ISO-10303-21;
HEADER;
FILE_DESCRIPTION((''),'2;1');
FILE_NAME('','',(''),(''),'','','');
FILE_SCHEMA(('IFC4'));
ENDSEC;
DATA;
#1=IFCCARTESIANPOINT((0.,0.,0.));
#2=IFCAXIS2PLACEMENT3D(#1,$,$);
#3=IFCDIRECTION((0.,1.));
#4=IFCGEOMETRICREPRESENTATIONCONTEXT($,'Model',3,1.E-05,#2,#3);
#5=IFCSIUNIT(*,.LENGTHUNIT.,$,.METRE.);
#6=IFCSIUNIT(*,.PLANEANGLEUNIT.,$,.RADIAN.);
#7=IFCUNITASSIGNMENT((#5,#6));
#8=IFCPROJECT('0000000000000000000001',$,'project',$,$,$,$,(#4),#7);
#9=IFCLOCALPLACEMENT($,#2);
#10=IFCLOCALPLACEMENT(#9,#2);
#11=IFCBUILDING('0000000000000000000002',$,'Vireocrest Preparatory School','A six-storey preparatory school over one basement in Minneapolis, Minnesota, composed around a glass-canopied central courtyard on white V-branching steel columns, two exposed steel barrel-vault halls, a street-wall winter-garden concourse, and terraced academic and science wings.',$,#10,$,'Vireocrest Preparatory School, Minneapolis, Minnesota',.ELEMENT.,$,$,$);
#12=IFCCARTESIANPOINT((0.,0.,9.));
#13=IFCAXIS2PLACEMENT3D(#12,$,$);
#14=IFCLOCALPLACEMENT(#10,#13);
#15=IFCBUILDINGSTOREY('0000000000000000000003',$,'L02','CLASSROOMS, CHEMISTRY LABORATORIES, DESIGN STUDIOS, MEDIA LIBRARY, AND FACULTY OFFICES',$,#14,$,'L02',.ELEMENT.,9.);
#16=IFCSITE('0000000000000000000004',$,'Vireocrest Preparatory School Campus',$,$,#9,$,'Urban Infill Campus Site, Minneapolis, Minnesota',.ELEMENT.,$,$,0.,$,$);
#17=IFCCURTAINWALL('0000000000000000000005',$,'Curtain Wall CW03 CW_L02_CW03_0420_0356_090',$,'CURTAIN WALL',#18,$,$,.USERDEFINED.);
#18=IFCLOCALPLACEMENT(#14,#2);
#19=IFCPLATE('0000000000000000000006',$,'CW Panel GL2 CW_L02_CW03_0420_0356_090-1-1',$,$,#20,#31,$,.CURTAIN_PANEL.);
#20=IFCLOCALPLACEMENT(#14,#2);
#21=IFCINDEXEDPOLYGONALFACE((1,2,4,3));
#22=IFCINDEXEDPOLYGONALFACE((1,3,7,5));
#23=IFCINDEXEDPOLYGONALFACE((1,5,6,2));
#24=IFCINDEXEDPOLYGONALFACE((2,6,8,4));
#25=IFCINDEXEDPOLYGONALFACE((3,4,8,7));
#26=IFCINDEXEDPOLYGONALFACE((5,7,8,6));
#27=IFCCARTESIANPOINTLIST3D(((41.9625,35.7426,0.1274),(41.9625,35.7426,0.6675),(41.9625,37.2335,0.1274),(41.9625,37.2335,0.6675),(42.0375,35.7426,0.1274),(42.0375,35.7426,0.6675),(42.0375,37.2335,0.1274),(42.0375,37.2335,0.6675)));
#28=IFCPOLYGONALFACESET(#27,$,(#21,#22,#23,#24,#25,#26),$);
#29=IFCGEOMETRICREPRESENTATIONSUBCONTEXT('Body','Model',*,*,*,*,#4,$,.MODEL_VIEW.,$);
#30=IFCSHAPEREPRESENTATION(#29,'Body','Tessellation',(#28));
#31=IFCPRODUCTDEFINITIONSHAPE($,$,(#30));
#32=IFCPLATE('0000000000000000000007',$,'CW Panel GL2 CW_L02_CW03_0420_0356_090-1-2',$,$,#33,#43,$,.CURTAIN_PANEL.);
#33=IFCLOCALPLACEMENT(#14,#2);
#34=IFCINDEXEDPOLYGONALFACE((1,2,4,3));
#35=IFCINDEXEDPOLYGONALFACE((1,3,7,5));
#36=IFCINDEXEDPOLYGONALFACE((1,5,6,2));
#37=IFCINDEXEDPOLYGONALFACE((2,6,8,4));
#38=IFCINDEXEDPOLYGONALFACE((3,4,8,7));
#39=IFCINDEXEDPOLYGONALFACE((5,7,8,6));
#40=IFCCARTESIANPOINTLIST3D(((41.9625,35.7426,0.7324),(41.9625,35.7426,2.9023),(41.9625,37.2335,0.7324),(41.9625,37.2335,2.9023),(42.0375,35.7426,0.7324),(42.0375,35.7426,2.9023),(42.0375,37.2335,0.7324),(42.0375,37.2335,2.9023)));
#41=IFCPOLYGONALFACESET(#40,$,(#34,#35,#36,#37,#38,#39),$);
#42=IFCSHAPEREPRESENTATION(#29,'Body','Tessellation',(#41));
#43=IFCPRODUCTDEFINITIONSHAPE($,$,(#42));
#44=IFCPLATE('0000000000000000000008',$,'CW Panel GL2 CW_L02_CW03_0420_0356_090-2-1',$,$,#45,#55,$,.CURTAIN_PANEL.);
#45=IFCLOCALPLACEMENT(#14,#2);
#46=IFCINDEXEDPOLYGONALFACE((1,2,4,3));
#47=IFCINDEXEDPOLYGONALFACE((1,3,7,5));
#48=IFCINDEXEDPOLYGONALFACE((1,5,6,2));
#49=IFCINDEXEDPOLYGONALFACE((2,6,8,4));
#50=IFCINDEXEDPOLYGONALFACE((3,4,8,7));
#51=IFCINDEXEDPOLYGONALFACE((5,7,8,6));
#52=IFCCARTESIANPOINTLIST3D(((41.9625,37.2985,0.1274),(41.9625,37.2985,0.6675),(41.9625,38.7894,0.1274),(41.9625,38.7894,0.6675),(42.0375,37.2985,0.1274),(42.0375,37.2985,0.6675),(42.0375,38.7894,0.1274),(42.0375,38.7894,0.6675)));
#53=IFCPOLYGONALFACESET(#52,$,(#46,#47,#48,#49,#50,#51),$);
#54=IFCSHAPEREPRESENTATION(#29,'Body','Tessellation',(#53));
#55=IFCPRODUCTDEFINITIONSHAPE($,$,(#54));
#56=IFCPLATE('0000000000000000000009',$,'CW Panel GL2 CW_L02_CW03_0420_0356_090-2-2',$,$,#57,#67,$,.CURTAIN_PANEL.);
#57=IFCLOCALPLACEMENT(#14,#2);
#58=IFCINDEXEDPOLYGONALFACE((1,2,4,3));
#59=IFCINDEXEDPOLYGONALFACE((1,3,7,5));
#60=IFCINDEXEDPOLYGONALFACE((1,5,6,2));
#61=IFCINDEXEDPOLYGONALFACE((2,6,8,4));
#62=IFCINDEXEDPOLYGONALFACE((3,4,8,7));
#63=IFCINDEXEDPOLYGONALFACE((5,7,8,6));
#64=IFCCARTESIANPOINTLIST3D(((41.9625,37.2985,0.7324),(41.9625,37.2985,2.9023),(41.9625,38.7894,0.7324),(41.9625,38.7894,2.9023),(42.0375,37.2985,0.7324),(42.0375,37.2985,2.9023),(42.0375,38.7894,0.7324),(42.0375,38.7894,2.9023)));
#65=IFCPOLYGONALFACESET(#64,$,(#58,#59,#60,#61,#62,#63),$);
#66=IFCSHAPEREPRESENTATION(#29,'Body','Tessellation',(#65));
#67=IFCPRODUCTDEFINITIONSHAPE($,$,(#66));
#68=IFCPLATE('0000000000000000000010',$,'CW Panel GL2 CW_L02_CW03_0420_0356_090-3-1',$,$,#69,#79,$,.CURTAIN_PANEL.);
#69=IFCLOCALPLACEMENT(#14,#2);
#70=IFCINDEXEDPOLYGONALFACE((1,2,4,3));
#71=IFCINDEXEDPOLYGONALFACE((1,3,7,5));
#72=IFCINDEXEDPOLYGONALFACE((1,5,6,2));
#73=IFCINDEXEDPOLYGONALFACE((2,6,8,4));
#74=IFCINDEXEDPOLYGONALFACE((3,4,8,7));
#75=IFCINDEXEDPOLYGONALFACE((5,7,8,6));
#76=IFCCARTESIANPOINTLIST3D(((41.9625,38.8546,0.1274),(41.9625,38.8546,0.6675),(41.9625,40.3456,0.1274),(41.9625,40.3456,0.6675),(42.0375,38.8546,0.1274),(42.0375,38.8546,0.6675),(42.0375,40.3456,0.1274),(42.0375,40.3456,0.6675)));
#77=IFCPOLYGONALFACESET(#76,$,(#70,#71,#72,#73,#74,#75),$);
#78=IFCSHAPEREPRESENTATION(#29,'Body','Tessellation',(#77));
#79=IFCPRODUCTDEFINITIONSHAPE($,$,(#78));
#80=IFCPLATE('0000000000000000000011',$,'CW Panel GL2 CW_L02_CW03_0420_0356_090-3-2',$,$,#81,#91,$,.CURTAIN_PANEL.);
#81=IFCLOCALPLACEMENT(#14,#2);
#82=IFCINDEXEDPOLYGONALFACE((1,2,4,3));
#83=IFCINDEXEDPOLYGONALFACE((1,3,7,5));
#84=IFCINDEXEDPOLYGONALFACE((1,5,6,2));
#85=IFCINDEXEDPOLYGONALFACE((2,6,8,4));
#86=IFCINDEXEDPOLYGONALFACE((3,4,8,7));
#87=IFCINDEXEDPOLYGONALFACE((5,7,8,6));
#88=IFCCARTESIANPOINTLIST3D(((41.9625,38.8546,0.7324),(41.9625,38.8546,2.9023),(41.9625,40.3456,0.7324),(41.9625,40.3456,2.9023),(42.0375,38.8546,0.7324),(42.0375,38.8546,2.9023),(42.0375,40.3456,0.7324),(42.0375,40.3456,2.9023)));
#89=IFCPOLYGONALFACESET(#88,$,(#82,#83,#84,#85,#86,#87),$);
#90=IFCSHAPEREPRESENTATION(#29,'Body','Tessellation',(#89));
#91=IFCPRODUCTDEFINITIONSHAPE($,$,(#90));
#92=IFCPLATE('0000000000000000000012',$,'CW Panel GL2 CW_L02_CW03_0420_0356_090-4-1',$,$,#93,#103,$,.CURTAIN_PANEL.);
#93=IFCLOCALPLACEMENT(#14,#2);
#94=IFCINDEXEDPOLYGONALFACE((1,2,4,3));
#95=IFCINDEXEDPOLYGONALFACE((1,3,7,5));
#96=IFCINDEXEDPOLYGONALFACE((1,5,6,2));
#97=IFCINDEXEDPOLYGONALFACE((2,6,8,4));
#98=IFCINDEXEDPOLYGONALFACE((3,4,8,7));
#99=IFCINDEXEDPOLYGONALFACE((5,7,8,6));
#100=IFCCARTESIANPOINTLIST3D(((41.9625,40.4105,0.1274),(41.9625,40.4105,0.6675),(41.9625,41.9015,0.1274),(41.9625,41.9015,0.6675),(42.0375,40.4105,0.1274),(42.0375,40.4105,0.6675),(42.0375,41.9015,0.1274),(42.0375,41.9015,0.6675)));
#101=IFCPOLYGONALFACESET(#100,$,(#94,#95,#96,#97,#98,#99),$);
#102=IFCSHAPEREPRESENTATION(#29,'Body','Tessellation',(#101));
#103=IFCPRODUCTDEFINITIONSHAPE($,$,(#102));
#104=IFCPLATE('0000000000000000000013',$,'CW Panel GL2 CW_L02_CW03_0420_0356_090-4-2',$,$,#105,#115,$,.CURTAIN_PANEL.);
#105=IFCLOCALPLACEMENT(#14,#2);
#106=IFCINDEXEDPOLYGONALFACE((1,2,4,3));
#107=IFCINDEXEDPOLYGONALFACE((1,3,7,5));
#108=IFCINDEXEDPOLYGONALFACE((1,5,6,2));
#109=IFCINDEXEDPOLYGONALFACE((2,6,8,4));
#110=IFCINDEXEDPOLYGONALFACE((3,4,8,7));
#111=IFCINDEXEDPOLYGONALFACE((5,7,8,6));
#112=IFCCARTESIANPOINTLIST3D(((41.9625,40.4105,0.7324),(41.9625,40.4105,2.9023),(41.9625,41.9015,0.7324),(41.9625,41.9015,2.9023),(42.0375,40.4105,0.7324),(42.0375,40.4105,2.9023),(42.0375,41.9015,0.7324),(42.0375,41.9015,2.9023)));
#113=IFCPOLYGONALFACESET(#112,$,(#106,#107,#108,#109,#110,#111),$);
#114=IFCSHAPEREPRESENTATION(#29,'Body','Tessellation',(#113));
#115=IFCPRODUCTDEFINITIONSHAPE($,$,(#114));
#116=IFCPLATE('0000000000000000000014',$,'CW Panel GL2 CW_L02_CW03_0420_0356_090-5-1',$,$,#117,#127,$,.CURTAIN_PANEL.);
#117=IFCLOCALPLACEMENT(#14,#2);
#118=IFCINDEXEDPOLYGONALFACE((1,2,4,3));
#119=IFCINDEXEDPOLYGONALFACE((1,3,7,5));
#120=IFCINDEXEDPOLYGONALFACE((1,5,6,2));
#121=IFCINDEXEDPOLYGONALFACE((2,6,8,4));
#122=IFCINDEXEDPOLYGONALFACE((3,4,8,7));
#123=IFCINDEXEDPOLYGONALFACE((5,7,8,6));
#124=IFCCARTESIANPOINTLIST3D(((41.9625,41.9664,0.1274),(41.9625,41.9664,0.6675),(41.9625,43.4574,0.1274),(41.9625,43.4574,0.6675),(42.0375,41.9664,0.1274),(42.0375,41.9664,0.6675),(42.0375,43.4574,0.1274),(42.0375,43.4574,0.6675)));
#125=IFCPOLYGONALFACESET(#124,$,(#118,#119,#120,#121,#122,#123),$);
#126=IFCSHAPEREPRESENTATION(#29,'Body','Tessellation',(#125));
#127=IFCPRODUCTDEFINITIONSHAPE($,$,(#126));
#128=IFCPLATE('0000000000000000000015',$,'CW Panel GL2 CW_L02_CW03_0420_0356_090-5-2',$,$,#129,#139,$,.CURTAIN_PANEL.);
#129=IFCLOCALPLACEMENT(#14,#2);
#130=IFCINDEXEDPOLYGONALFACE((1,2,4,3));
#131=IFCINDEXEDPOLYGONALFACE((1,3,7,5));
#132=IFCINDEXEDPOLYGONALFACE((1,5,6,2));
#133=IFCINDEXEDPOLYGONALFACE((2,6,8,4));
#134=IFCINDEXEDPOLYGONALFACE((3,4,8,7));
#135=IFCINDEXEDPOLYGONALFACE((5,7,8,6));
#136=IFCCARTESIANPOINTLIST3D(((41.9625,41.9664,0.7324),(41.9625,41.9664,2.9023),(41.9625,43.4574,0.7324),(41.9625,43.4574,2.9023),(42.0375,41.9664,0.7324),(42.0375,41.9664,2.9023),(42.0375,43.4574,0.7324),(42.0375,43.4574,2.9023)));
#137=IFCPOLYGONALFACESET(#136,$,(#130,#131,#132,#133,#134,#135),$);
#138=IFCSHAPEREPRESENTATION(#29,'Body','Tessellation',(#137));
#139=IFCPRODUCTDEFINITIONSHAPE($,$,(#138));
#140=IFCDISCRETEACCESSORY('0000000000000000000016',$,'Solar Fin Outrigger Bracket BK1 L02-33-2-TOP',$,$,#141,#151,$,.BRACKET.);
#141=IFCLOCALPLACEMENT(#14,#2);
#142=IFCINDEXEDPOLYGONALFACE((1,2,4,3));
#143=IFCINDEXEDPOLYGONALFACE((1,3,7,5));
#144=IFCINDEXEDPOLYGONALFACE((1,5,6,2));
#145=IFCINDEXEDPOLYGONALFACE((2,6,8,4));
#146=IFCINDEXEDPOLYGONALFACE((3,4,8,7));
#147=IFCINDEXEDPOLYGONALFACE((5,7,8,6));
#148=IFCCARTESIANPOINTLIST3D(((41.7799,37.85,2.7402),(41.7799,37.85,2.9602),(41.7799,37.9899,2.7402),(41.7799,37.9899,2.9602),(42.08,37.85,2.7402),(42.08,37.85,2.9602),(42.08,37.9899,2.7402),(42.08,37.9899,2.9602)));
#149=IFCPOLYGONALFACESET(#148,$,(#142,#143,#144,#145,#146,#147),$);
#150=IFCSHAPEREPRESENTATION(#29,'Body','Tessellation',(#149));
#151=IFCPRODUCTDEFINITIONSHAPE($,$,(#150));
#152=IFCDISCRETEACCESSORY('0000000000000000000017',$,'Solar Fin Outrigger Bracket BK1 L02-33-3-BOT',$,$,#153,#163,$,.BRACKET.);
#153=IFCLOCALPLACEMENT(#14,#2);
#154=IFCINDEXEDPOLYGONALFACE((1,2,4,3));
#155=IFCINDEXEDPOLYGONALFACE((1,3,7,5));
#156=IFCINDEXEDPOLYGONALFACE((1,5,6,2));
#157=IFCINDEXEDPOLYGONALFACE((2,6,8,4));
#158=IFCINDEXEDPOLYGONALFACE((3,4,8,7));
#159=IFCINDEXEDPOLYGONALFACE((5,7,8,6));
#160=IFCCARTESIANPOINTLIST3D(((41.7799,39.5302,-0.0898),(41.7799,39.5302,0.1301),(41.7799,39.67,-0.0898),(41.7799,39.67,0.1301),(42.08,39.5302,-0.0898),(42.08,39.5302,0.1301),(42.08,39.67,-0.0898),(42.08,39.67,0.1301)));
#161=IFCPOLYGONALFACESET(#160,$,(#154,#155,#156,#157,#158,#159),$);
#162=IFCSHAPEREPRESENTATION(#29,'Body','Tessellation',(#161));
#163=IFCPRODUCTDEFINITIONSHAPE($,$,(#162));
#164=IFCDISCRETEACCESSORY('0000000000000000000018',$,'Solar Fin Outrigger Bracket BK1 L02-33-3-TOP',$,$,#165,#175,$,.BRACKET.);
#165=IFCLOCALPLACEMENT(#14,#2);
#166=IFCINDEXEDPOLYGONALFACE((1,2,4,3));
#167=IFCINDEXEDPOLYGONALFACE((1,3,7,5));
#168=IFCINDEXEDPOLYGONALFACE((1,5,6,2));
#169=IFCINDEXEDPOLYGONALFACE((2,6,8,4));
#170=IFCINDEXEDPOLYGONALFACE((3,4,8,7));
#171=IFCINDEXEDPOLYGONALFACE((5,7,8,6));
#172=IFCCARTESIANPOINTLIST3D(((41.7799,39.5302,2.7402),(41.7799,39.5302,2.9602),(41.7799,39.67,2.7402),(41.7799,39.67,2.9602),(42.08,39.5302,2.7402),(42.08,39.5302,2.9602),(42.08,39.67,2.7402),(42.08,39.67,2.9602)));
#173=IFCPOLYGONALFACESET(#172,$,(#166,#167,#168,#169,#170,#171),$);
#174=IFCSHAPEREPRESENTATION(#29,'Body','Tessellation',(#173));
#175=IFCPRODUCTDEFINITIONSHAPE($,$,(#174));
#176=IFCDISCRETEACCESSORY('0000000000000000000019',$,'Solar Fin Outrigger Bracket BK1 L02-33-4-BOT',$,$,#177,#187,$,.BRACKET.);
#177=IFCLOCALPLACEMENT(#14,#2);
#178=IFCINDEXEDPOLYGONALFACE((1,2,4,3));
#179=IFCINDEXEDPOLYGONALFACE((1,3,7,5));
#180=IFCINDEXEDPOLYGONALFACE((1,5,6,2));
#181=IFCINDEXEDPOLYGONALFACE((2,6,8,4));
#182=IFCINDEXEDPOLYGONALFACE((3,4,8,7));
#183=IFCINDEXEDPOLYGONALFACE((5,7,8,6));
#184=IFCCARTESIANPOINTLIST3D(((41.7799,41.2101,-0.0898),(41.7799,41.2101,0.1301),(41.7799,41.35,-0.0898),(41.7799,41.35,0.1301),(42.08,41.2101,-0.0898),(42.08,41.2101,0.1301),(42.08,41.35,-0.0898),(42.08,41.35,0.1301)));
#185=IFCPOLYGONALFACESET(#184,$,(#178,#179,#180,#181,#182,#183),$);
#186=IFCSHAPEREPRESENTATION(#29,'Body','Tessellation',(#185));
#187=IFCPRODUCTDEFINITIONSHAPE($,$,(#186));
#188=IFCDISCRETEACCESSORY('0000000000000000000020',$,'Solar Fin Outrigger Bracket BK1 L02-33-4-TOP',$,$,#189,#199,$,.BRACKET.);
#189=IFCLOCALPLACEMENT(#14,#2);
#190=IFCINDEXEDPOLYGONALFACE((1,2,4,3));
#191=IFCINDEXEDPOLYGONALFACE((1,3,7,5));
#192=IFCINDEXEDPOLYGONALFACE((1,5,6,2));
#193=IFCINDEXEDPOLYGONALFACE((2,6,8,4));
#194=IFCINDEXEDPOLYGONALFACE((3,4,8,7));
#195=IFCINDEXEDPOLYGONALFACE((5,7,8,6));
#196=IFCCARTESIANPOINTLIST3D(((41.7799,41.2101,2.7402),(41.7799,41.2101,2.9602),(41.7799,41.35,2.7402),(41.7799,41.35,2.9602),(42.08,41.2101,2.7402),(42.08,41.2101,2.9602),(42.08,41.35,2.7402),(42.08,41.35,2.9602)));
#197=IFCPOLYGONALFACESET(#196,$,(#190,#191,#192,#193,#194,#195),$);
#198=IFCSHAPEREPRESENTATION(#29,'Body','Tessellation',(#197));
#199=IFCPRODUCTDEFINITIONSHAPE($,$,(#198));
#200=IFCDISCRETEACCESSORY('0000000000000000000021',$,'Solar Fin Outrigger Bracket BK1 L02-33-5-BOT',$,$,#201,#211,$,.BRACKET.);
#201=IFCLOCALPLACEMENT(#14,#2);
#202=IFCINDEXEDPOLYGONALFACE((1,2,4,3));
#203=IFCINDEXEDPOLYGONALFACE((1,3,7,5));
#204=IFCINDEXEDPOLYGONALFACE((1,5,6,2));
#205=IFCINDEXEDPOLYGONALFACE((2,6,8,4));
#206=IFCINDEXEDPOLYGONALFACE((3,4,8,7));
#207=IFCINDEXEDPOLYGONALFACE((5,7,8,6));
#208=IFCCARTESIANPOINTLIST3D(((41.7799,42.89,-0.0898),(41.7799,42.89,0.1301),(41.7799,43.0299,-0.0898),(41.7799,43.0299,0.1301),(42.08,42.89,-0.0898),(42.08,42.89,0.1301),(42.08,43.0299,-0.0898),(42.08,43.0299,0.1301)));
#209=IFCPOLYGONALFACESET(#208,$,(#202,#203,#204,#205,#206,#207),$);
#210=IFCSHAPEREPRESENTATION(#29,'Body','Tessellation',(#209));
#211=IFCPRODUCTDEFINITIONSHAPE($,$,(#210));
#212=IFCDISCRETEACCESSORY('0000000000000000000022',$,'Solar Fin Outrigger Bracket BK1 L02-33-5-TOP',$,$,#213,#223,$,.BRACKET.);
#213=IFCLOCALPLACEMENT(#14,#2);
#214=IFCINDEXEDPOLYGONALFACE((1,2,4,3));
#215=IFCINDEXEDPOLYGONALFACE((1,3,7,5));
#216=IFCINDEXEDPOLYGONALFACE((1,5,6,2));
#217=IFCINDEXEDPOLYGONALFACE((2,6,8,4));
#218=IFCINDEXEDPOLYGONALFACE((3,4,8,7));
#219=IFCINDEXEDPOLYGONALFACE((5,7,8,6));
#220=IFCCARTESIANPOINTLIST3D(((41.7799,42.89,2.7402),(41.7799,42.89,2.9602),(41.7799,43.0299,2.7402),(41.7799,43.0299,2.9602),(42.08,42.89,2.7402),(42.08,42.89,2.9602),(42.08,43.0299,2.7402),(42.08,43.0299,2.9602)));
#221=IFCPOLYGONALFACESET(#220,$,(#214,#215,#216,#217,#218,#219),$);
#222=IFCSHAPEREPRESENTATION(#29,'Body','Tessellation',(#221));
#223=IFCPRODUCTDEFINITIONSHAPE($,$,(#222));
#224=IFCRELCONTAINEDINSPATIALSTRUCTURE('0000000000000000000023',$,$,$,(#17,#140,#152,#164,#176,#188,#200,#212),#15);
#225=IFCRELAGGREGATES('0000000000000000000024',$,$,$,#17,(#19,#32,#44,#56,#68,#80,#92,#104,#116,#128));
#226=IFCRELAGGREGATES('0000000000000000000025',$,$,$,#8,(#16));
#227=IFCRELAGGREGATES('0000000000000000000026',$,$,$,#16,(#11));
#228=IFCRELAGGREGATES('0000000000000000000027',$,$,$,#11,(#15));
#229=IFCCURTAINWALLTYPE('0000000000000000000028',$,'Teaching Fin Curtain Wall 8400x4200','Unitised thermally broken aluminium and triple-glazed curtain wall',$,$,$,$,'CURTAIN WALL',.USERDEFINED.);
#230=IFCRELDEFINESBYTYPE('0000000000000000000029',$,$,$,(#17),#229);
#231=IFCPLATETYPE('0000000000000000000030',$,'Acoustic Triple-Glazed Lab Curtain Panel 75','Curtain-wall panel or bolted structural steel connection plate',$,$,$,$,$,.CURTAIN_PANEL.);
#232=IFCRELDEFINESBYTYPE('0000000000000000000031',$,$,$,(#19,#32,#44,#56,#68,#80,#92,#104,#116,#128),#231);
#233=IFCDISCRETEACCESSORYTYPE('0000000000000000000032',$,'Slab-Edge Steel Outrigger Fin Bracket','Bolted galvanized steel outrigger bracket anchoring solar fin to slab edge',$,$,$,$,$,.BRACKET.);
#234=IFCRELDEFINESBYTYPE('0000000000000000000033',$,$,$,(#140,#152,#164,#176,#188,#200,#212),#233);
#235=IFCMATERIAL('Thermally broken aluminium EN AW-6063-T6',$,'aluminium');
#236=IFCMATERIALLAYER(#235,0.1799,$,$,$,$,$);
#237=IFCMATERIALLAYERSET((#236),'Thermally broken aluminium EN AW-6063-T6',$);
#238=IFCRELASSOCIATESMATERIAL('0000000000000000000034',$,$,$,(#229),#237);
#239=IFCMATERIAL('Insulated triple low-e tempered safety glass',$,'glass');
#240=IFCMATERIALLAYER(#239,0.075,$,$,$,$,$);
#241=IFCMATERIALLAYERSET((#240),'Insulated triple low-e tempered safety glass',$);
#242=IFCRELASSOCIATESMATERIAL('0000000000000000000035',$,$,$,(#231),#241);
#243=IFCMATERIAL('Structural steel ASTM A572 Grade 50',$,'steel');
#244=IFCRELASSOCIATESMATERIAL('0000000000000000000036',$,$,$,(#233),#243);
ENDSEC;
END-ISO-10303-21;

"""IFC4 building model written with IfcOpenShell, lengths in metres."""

from ifc_helpers import new_model, si_unit, direction, frame, origin, origin_2d, place, context, subcontext, project, spatial, rectangle, extrude, material, layer, layer_set, type_object, element, aggregate, save


model = new_model("IFC4")

# Units and contexts
model_context = context("Model", 3, precision=1e-05, world=origin(), true_north=direction((0.0, 1.0)))
body_context = subcontext(model_context, "Body", "Model", "MODEL_VIEW")
ifc_project = project(units=[si_unit("LENGTHUNIT", "METRE"), si_unit("PLANEANGLEUNIT", "RADIAN")], contexts=[model_context])

# Site, building, storey
site_placement = place(None, origin())
site = spatial("IfcSite", under=ifc_project, at=site_placement, Name="Vireocrest Preparatory School Campus", LongName="Urban Infill Campus Site, Minneapolis, Minnesota", CompositionType="ELEMENT", RefElevation=0.0)
building_placement = place(site_placement, origin())
building = spatial("IfcBuilding", under=site, at=building_placement, Name="Vireocrest Preparatory School", Description="A six-storey preparatory school over one basement in Minneapolis, Minnesota, composed around a glass-canopied central courtyard on white V-branching steel columns, two exposed steel barrel-vault halls, a street-wall winter-garden concourse, and terraced academic and science wings.", LongName="Vireocrest Preparatory School, Minneapolis, Minnesota", CompositionType="ELEMENT")
storey_placement = place(building_placement, frame((0.0, 0.0, 9.0)))
storey = spatial("IfcBuildingStorey", under=building, at=storey_placement, Name="L02", Description="CLASSROOMS, CHEMISTRY LABORATORIES, DESIGN STUDIOS, MEDIA LIBRARY, AND FACULTY OFFICES", LongName="L02", CompositionType="ELEMENT", Elevation=9.0)

# Curtain wall
ifc_material_1 = material(Name="Thermally broken aluminium EN AW-6063-T6", Category="aluminium")
ifc_layer_1 = layer(ifc_material_1, 0.1799)
ifc_layer_set_1 = layer_set([ifc_layer_1], Name="Thermally broken aluminium EN AW-6063-T6")
curtain_wall_type = type_object("IfcCurtainWallType", Name="Teaching Fin Curtain Wall 8400x4200", Description="Unitised thermally broken aluminium and triple-glazed curtain wall", ElementType="CURTAIN WALL", PredefinedType="USERDEFINED", material=ifc_layer_set_1)
curtain_wall_1_placement = place(storey_placement, origin())
curtain_wall_1 = element("IfcCurtainWall", 1, at=curtain_wall_1_placement, inside=storey, type_object=curtain_wall_type, Name="Curtain Wall CW03 CW_L02_CW03_0420_0356_090", ObjectType="CURTAIN WALL", PredefinedType="USERDEFINED")

# Plates
ifc_material_2 = material(Name="Insulated triple low-e tempered safety glass", Category="glass")
ifc_layer_2 = layer(ifc_material_2, 0.075)
ifc_layer_set_2 = layer_set([ifc_layer_2], Name="Insulated triple low-e tempered safety glass")
plate_type = type_object("IfcPlateType", Name="Acoustic Triple-Glazed Lab Curtain Panel 75", Description="Curtain-wall panel or bolted structural steel connection plate", PredefinedType="CURTAIN_PANEL", material=ifc_layer_set_2)
plate_1_placement = place(storey_placement, frame((42.0, 36.488, 0.1274), z_axis=(0.0, 0.0, 1.0), x_axis=(0.0, 1.0, 0.0)))
plate_1 = element("IfcPlate", 2, at=plate_1_placement, type_object=plate_type, Name="CW Panel GL2 CW_L02_CW03_0420_0356_090-1-1", PredefinedType="CURTAIN_PANEL", context=body_context, shape_type="SweptSolid", body=[
    extrude(rectangle(XDim=1.491, YDim=0.075, at=origin_2d()), origin(), (0.0, 0.0, 1.0), 0.54),
])
plate_2_placement = place(storey_placement, frame((42.0, 36.488, 0.7324), z_axis=(0.0, 0.0, 1.0), x_axis=(0.0, 1.0, 0.0)))
plate_2 = element("IfcPlate", 3, at=plate_2_placement, type_object=plate_type, Name="CW Panel GL2 CW_L02_CW03_0420_0356_090-1-2", PredefinedType="CURTAIN_PANEL", context=body_context, shape_type="SweptSolid", body=[
    extrude(rectangle(XDim=1.491, YDim=0.075, at=origin_2d()), origin(), (0.0, 0.0, 1.0), 2.1699),
])
plate_3_placement = place(storey_placement, frame((42.0, 38.0439, 0.1274), z_axis=(0.0, 0.0, 1.0), x_axis=(0.0, 1.0, 0.0)))
plate_3 = element("IfcPlate", 4, at=plate_3_placement, type_object=plate_type, Name="CW Panel GL2 CW_L02_CW03_0420_0356_090-2-1", PredefinedType="CURTAIN_PANEL", context=body_context, shape_type="SweptSolid", body=[
    extrude(rectangle(XDim=1.491, YDim=0.075, at=origin_2d()), origin(), (0.0, 0.0, 1.0), 0.54),
])
plate_4_placement = place(storey_placement, frame((42.0, 38.0439, 0.7324), z_axis=(0.0, 0.0, 1.0), x_axis=(0.0, 1.0, 0.0)))
plate_4 = element("IfcPlate", 5, at=plate_4_placement, type_object=plate_type, Name="CW Panel GL2 CW_L02_CW03_0420_0356_090-2-2", PredefinedType="CURTAIN_PANEL", context=body_context, shape_type="SweptSolid", body=[
    extrude(rectangle(XDim=1.491, YDim=0.075, at=origin_2d()), origin(), (0.0, 0.0, 1.0), 2.1699),
])
plate_5_placement = place(storey_placement, frame((42.0, 39.6001, 0.1274), z_axis=(0.0, 0.0, 1.0), x_axis=(0.0, 1.0, 0.0)))
plate_5 = element("IfcPlate", 6, at=plate_5_placement, type_object=plate_type, Name="CW Panel GL2 CW_L02_CW03_0420_0356_090-3-1", PredefinedType="CURTAIN_PANEL", context=body_context, shape_type="SweptSolid", body=[
    extrude(rectangle(XDim=1.491, YDim=0.075, at=origin_2d()), origin(), (0.0, 0.0, 1.0), 0.54),
])
plate_6_placement = place(storey_placement, frame((42.0, 39.6001, 0.7324), z_axis=(0.0, 0.0, 1.0), x_axis=(0.0, 1.0, 0.0)))
plate_6 = element("IfcPlate", 7, at=plate_6_placement, type_object=plate_type, Name="CW Panel GL2 CW_L02_CW03_0420_0356_090-3-2", PredefinedType="CURTAIN_PANEL", context=body_context, shape_type="SweptSolid", body=[
    extrude(rectangle(XDim=1.491, YDim=0.075, at=origin_2d()), origin(), (0.0, 0.0, 1.0), 2.1699),
])
plate_7_placement = place(storey_placement, frame((42.0, 41.156, 0.1274), z_axis=(0.0, 0.0, 1.0), x_axis=(0.0, 1.0, 0.0)))
plate_7 = element("IfcPlate", 8, at=plate_7_placement, type_object=plate_type, Name="CW Panel GL2 CW_L02_CW03_0420_0356_090-4-1", PredefinedType="CURTAIN_PANEL", context=body_context, shape_type="SweptSolid", body=[
    extrude(rectangle(XDim=1.491, YDim=0.075, at=origin_2d()), origin(), (0.0, 0.0, 1.0), 0.54),
])
plate_8_placement = place(storey_placement, frame((42.0, 41.156, 0.7324), z_axis=(0.0, 0.0, 1.0), x_axis=(0.0, 1.0, 0.0)))
plate_8 = element("IfcPlate", 9, at=plate_8_placement, type_object=plate_type, Name="CW Panel GL2 CW_L02_CW03_0420_0356_090-4-2", PredefinedType="CURTAIN_PANEL", context=body_context, shape_type="SweptSolid", body=[
    extrude(rectangle(XDim=1.491, YDim=0.075, at=origin_2d()), origin(), (0.0, 0.0, 1.0), 2.1699),
])
plate_9_placement = place(storey_placement, frame((42.0, 42.7119, 0.1274), z_axis=(0.0, 0.0, 1.0), x_axis=(0.0, 1.0, 0.0)))
plate_9 = element("IfcPlate", 10, at=plate_9_placement, type_object=plate_type, Name="CW Panel GL2 CW_L02_CW03_0420_0356_090-5-1", PredefinedType="CURTAIN_PANEL", context=body_context, shape_type="SweptSolid", body=[
    extrude(rectangle(XDim=1.491, YDim=0.075, at=origin_2d()), origin(), (0.0, 0.0, 1.0), 0.54),
])
plate_10_placement = place(storey_placement, frame((42.0, 42.7119, 0.7324), z_axis=(0.0, 0.0, 1.0), x_axis=(0.0, 1.0, 0.0)))
plate_10 = element("IfcPlate", 11, at=plate_10_placement, type_object=plate_type, Name="CW Panel GL2 CW_L02_CW03_0420_0356_090-5-2", PredefinedType="CURTAIN_PANEL", context=body_context, shape_type="SweptSolid", body=[
    extrude(rectangle(XDim=1.491, YDim=0.075, at=origin_2d()), origin(), (0.0, 0.0, 1.0), 2.1699),
])
aggregate(curtain_wall_1, [plate_1, plate_2, plate_3, plate_4, plate_5, plate_6, plate_7, plate_8, plate_9, plate_10])

# Discrete accessories
ifc_material_3 = material(Name="Structural steel ASTM A572 Grade 50", Category="steel")
discrete_accessory_type = type_object("IfcDiscreteAccessoryType", Name="Slab-Edge Steel Outrigger Fin Bracket", Description="Bolted galvanized steel outrigger bracket anchoring solar fin to slab edge", PredefinedType="BRACKET", material=ifc_material_3)
for number, where, z_axis, x_axis, name in (
    (12, (41.9299, 37.9199, 2.7402), (0.0, 0.0, 1.0), (0.0, 1.0, 0.0), "Solar Fin Outrigger Bracket BK1 L02-33-2-TOP"),
    (13, (41.9299, 39.6001, -0.0898), (0.0, 0.0, 1.0), (0.0, 1.0, 0.0), "Solar Fin Outrigger Bracket BK1 L02-33-3-BOT"),
    (14, (41.9299, 39.6001, 2.7402), (0.0, 0.0, 1.0), (0.0, 1.0, 0.0), "Solar Fin Outrigger Bracket BK1 L02-33-3-TOP"),
    (15, (41.9299, 41.28, -0.0898), (0.0, 0.0, 1.0), (0.0, 1.0, 0.0), "Solar Fin Outrigger Bracket BK1 L02-33-4-BOT"),
    (16, (41.9299, 41.28, 2.7402), (0.0, 0.0, 1.0), (0.0, 1.0, 0.0), "Solar Fin Outrigger Bracket BK1 L02-33-4-TOP"),
    (17, (41.9299, 42.96, -0.0898), (0.0, 0.0, 1.0), (0.0, 1.0, 0.0), "Solar Fin Outrigger Bracket BK1 L02-33-5-BOT"),
    (18, (41.9299, 42.96, 2.7402), (0.0, 0.0, 1.0), (0.0, 1.0, 0.0), "Solar Fin Outrigger Bracket BK1 L02-33-5-TOP"),
):
    element("IfcDiscreteAccessory", number, at=place(storey_placement, frame(where, z_axis=z_axis, x_axis=x_axis)), inside=storey, type_object=discrete_accessory_type, Name=name, PredefinedType="BRACKET", context=body_context, shape_type="SweptSolid", body=[
        extrude(rectangle(XDim=0.1399, YDim=0.3, at=origin_2d()), origin(), (0.0, 0.0, 1.0), 0.22),
    ])

save(model, "model.ifc")
